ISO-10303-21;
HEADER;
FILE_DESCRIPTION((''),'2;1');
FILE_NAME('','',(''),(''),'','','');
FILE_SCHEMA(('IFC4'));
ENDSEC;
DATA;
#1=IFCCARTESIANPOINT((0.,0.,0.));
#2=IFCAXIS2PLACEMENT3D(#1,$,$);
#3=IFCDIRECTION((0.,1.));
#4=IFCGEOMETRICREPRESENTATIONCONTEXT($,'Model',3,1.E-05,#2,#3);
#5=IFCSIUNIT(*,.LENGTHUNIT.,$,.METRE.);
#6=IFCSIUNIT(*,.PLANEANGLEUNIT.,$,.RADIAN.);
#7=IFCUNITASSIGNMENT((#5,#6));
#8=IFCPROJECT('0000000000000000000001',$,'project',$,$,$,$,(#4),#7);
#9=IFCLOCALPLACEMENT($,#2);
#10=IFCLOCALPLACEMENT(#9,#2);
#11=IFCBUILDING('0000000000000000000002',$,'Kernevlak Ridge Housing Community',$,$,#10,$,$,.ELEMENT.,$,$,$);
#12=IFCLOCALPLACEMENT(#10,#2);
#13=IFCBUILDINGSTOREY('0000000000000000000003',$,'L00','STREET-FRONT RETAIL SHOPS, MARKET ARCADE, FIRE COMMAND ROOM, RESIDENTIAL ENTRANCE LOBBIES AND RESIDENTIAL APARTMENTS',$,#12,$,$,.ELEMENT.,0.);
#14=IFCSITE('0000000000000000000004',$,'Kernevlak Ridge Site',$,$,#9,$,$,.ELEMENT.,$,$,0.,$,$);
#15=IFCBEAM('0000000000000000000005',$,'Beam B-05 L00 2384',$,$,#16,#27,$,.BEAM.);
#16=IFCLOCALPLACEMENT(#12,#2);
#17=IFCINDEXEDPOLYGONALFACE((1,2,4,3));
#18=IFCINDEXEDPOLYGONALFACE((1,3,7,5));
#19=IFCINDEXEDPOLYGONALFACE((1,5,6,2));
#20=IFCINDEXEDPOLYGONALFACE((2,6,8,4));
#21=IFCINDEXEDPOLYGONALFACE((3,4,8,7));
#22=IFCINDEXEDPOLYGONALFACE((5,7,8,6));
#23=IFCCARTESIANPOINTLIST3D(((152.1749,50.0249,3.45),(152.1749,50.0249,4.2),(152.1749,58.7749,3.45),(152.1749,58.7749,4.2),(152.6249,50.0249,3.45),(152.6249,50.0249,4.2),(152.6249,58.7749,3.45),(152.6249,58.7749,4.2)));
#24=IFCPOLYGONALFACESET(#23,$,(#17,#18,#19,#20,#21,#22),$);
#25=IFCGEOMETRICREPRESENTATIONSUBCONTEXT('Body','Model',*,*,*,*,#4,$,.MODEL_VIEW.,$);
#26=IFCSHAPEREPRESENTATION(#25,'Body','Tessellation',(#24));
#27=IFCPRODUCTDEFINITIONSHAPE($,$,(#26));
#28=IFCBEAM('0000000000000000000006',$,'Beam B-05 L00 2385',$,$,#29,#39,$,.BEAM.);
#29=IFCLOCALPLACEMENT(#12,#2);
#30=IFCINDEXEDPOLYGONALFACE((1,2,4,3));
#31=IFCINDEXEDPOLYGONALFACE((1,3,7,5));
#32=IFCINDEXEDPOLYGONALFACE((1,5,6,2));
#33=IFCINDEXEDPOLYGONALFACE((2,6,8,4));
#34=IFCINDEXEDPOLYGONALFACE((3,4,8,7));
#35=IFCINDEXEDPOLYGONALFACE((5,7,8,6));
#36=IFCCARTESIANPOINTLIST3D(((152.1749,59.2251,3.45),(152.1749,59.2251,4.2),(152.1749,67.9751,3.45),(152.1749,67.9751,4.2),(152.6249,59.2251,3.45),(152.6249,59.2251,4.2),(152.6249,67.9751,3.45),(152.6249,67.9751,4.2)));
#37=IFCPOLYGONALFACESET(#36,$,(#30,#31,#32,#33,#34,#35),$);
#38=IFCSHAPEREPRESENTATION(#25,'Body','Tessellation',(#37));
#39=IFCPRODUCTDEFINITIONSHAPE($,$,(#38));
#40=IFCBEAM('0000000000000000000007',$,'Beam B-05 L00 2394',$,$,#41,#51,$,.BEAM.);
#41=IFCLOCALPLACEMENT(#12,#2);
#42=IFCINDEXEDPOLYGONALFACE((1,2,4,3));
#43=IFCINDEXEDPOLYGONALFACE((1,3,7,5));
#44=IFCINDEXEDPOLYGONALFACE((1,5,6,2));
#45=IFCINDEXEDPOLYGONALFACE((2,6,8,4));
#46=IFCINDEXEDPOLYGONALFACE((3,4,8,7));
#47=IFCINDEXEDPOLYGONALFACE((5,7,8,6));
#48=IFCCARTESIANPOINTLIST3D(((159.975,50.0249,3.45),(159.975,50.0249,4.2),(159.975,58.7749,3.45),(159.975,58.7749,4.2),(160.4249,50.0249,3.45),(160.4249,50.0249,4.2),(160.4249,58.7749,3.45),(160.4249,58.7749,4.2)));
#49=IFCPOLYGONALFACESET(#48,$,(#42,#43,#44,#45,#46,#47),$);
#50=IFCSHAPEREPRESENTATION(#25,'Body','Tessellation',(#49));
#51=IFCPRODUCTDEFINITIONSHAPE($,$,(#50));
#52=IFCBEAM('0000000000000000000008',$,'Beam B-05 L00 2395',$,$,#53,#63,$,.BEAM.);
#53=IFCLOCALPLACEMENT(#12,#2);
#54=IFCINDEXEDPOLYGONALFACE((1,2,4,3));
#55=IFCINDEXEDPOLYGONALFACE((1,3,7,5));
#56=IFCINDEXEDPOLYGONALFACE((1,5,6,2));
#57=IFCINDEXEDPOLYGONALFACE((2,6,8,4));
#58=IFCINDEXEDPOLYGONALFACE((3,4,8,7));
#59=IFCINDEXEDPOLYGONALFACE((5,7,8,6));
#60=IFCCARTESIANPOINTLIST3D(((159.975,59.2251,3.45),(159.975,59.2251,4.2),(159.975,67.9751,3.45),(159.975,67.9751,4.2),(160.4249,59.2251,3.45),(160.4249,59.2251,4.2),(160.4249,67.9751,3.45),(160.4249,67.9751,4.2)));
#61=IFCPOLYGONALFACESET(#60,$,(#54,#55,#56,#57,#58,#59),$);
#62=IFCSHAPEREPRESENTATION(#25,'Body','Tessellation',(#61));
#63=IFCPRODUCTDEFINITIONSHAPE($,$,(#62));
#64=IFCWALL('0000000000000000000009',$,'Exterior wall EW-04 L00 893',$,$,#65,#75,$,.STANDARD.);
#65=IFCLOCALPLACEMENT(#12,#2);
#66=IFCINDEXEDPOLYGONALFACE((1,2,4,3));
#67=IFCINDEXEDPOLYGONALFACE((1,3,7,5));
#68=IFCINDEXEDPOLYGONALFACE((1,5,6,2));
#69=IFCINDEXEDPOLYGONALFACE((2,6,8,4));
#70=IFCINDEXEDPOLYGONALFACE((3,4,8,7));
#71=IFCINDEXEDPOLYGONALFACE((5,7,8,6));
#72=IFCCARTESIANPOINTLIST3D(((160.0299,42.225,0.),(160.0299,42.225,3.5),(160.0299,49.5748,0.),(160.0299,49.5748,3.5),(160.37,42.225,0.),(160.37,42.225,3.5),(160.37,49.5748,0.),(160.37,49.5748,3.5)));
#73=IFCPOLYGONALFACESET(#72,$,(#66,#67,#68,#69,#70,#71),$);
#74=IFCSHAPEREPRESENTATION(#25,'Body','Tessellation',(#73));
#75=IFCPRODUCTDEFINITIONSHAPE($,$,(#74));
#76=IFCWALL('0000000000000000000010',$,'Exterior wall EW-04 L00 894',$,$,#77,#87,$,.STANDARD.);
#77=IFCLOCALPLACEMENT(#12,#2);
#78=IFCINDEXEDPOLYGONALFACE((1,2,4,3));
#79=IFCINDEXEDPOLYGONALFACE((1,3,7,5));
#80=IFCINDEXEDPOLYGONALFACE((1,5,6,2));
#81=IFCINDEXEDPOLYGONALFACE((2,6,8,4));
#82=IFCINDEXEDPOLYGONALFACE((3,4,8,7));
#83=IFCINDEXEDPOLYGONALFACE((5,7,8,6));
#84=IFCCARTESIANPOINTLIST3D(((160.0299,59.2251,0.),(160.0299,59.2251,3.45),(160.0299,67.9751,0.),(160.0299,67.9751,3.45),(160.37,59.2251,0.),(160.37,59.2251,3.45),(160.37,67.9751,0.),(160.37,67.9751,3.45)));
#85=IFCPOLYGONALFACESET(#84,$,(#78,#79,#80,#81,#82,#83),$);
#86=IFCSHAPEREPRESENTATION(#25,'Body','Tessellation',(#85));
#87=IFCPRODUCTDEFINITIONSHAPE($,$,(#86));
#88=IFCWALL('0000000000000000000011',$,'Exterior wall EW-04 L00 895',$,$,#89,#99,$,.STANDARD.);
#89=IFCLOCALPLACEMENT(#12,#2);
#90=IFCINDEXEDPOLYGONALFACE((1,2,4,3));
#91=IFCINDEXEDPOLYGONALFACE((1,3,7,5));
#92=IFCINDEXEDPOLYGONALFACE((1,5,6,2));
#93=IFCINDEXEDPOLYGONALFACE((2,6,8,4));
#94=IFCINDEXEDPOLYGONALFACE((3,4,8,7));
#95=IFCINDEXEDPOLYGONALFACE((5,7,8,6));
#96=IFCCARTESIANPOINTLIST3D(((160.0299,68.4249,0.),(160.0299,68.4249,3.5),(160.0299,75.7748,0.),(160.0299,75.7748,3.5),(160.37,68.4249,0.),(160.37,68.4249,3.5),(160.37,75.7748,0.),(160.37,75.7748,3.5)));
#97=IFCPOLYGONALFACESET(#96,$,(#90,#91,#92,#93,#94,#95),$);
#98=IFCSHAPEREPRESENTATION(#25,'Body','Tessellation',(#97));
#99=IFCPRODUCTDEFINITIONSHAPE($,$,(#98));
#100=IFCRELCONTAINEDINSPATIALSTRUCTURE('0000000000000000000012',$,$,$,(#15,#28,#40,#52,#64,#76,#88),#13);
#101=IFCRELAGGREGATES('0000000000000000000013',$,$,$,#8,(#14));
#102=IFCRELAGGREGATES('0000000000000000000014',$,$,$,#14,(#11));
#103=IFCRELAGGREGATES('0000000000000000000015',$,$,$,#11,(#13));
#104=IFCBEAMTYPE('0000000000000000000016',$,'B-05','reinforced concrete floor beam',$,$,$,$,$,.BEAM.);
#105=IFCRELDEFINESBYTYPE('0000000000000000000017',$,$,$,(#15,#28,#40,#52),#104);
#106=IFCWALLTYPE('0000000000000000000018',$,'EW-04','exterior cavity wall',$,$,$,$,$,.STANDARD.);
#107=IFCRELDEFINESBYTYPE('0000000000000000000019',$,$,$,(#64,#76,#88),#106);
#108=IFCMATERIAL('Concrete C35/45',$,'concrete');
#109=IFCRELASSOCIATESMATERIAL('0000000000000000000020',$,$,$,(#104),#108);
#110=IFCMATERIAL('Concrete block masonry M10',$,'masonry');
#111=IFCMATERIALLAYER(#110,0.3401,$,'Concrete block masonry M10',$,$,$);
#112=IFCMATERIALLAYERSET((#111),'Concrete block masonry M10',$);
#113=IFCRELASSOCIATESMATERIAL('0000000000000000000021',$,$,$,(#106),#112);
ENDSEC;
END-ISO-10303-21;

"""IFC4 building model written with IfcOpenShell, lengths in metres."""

from ifc_helpers import new_model, si_unit, direction, frame, frame_2d, origin, origin_2d, place, context, subcontext, project, spatial, rectangle, extrude, material, layer, layer_set, material_profile, profile_set, type_object, element, save


model = new_model("IFC4")

# Units and contexts
model_context = context("Model", 3, precision=1e-05, world=origin(), true_north=direction((0.0, 1.0)))
body_context = subcontext(model_context, "Body", "Model", "MODEL_VIEW")
ifc_project = project(units=[si_unit("LENGTHUNIT", "METRE"), si_unit("PLANEANGLEUNIT", "RADIAN")], contexts=[model_context])

# Site, building, storey
site_placement = place(None, origin())
site = spatial("IfcSite", under=ifc_project, at=site_placement, Name="Kernevlak Ridge Site", CompositionType="ELEMENT", RefElevation=0.0)
building_placement = place(site_placement, origin())
building = spatial("IfcBuilding", under=site, at=building_placement, Name="Kernevlak Ridge Housing Community", CompositionType="ELEMENT")
storey_placement = place(building_placement, origin())
storey = spatial("IfcBuildingStorey", under=building, at=storey_placement, Name="L00", Description="STREET-FRONT RETAIL SHOPS, MARKET ARCADE, FIRE COMMAND ROOM, RESIDENTIAL ENTRANCE LOBBIES AND RESIDENTIAL APARTMENTS", CompositionType="ELEMENT", Elevation=0.0)

# Shared definitions
ifc_material_1 = material(Name="Concrete C35/45", Category="concrete")

# Beams
ifc_material_profile_1 = material_profile(ifc_material_1, rectangle(XDim=0.45, YDim=0.75, at=origin_2d()), Name="RC 450x750")
ifc_profile_set_1 = profile_set([ifc_material_profile_1], Name="Concrete C35/45")
beam_type_1 = type_object("IfcBeamType", Name="B-05", Description="reinforced concrete floor beam", PredefinedType="BEAM", material=ifc_profile_set_1)
for number, where, z_axis, x_axis, name in (
    (1, (152.3999, 50.0249, 3.825), (0.0, 1.0, 0.0), (-1.0, 0.0, 0.0), "Beam B-05 L00 2384"),
    (2, (152.3999, 59.2251, 3.825), (0.0, 1.0, 0.0), (-1.0, 0.0, 0.0), "Beam B-05 L00 2385"),
    (3, (160.2, 50.0249, 3.825), (0.0, 1.0, 0.0), (-1.0, 0.0, 0.0), "Beam B-05 L00 2394"),
    (4, (160.2, 59.2251, 3.825), (0.0, 1.0, 0.0), (-1.0, 0.0, 0.0), "Beam B-05 L00 2395"),
):
    element("IfcBeam", number, at=place(storey_placement, frame(where, z_axis=z_axis, x_axis=x_axis)), inside=storey, type_object=beam_type_1, Name=name, PredefinedType="BEAM", context=body_context, shape_type="SweptSolid", body=[
        extrude(rectangle(XDim=0.45, YDim=0.75, at=origin_2d()), origin(), (0.0, 0.0, 1.0), 8.75),
    ])

# Walls
ifc_material_2 = material(Name="Concrete block masonry M10", Category="masonry")
ifc_layer = layer(ifc_material_2, 0.3401, Name="Concrete block masonry M10")
ifc_layer_set = layer_set([ifc_layer], Name="Concrete block masonry M10")
wall_type = type_object("IfcWallType", Name="EW-04", Description="exterior cavity wall", PredefinedType="STANDARD", material=ifc_layer_set)
wall_1_placement = place(storey_placement, frame((160.2, 42.2251, 0.0), z_axis=(0.0, 0.0, 1.0), x_axis=(0.0, 1.0, 0.0)))
element("IfcWall", 5, at=wall_1_placement, inside=storey, type_object=wall_type, Name="Exterior wall EW-04 L00 893", PredefinedType="STANDARD", context=body_context, shape_type="SweptSolid", body=[
    extrude(rectangle(XDim=7.3499, YDim=0.3401, at=frame_2d((3.6748, 0.0))), origin(), (0.0, 0.0, 1.0), 3.5),
])
wall_2_placement = place(storey_placement, frame((160.2, 59.2251, 0.0), z_axis=(0.0, 0.0, 1.0), x_axis=(0.0, 1.0, 0.0)))
element("IfcWall", 6, at=wall_2_placement, inside=storey, type_object=wall_type, Name="Exterior wall EW-04 L00 894", PredefinedType="STANDARD", context=body_context, shape_type="SweptSolid", body=[
    extrude(rectangle(XDim=8.75, YDim=0.3401, at=frame_2d((4.375, 0.0))), origin(), (0.0, 0.0, 1.0), 3.45),
])
wall_3_placement = place(storey_placement, frame((160.2, 68.425, 0.0), z_axis=(0.0, 0.0, 1.0), x_axis=(0.0, 1.0, 0.0)))
element("IfcWall", 7, at=wall_3_placement, inside=storey, type_object=wall_type, Name="Exterior wall EW-04 L00 895", PredefinedType="STANDARD", context=body_context, shape_type="SweptSolid", body=[
    extrude(rectangle(XDim=7.3499, YDim=0.3401, at=frame_2d((3.6748, 0.0))), origin(), (0.0, 0.0, 1.0), 3.5),
])

save(model, "model.ifc")
